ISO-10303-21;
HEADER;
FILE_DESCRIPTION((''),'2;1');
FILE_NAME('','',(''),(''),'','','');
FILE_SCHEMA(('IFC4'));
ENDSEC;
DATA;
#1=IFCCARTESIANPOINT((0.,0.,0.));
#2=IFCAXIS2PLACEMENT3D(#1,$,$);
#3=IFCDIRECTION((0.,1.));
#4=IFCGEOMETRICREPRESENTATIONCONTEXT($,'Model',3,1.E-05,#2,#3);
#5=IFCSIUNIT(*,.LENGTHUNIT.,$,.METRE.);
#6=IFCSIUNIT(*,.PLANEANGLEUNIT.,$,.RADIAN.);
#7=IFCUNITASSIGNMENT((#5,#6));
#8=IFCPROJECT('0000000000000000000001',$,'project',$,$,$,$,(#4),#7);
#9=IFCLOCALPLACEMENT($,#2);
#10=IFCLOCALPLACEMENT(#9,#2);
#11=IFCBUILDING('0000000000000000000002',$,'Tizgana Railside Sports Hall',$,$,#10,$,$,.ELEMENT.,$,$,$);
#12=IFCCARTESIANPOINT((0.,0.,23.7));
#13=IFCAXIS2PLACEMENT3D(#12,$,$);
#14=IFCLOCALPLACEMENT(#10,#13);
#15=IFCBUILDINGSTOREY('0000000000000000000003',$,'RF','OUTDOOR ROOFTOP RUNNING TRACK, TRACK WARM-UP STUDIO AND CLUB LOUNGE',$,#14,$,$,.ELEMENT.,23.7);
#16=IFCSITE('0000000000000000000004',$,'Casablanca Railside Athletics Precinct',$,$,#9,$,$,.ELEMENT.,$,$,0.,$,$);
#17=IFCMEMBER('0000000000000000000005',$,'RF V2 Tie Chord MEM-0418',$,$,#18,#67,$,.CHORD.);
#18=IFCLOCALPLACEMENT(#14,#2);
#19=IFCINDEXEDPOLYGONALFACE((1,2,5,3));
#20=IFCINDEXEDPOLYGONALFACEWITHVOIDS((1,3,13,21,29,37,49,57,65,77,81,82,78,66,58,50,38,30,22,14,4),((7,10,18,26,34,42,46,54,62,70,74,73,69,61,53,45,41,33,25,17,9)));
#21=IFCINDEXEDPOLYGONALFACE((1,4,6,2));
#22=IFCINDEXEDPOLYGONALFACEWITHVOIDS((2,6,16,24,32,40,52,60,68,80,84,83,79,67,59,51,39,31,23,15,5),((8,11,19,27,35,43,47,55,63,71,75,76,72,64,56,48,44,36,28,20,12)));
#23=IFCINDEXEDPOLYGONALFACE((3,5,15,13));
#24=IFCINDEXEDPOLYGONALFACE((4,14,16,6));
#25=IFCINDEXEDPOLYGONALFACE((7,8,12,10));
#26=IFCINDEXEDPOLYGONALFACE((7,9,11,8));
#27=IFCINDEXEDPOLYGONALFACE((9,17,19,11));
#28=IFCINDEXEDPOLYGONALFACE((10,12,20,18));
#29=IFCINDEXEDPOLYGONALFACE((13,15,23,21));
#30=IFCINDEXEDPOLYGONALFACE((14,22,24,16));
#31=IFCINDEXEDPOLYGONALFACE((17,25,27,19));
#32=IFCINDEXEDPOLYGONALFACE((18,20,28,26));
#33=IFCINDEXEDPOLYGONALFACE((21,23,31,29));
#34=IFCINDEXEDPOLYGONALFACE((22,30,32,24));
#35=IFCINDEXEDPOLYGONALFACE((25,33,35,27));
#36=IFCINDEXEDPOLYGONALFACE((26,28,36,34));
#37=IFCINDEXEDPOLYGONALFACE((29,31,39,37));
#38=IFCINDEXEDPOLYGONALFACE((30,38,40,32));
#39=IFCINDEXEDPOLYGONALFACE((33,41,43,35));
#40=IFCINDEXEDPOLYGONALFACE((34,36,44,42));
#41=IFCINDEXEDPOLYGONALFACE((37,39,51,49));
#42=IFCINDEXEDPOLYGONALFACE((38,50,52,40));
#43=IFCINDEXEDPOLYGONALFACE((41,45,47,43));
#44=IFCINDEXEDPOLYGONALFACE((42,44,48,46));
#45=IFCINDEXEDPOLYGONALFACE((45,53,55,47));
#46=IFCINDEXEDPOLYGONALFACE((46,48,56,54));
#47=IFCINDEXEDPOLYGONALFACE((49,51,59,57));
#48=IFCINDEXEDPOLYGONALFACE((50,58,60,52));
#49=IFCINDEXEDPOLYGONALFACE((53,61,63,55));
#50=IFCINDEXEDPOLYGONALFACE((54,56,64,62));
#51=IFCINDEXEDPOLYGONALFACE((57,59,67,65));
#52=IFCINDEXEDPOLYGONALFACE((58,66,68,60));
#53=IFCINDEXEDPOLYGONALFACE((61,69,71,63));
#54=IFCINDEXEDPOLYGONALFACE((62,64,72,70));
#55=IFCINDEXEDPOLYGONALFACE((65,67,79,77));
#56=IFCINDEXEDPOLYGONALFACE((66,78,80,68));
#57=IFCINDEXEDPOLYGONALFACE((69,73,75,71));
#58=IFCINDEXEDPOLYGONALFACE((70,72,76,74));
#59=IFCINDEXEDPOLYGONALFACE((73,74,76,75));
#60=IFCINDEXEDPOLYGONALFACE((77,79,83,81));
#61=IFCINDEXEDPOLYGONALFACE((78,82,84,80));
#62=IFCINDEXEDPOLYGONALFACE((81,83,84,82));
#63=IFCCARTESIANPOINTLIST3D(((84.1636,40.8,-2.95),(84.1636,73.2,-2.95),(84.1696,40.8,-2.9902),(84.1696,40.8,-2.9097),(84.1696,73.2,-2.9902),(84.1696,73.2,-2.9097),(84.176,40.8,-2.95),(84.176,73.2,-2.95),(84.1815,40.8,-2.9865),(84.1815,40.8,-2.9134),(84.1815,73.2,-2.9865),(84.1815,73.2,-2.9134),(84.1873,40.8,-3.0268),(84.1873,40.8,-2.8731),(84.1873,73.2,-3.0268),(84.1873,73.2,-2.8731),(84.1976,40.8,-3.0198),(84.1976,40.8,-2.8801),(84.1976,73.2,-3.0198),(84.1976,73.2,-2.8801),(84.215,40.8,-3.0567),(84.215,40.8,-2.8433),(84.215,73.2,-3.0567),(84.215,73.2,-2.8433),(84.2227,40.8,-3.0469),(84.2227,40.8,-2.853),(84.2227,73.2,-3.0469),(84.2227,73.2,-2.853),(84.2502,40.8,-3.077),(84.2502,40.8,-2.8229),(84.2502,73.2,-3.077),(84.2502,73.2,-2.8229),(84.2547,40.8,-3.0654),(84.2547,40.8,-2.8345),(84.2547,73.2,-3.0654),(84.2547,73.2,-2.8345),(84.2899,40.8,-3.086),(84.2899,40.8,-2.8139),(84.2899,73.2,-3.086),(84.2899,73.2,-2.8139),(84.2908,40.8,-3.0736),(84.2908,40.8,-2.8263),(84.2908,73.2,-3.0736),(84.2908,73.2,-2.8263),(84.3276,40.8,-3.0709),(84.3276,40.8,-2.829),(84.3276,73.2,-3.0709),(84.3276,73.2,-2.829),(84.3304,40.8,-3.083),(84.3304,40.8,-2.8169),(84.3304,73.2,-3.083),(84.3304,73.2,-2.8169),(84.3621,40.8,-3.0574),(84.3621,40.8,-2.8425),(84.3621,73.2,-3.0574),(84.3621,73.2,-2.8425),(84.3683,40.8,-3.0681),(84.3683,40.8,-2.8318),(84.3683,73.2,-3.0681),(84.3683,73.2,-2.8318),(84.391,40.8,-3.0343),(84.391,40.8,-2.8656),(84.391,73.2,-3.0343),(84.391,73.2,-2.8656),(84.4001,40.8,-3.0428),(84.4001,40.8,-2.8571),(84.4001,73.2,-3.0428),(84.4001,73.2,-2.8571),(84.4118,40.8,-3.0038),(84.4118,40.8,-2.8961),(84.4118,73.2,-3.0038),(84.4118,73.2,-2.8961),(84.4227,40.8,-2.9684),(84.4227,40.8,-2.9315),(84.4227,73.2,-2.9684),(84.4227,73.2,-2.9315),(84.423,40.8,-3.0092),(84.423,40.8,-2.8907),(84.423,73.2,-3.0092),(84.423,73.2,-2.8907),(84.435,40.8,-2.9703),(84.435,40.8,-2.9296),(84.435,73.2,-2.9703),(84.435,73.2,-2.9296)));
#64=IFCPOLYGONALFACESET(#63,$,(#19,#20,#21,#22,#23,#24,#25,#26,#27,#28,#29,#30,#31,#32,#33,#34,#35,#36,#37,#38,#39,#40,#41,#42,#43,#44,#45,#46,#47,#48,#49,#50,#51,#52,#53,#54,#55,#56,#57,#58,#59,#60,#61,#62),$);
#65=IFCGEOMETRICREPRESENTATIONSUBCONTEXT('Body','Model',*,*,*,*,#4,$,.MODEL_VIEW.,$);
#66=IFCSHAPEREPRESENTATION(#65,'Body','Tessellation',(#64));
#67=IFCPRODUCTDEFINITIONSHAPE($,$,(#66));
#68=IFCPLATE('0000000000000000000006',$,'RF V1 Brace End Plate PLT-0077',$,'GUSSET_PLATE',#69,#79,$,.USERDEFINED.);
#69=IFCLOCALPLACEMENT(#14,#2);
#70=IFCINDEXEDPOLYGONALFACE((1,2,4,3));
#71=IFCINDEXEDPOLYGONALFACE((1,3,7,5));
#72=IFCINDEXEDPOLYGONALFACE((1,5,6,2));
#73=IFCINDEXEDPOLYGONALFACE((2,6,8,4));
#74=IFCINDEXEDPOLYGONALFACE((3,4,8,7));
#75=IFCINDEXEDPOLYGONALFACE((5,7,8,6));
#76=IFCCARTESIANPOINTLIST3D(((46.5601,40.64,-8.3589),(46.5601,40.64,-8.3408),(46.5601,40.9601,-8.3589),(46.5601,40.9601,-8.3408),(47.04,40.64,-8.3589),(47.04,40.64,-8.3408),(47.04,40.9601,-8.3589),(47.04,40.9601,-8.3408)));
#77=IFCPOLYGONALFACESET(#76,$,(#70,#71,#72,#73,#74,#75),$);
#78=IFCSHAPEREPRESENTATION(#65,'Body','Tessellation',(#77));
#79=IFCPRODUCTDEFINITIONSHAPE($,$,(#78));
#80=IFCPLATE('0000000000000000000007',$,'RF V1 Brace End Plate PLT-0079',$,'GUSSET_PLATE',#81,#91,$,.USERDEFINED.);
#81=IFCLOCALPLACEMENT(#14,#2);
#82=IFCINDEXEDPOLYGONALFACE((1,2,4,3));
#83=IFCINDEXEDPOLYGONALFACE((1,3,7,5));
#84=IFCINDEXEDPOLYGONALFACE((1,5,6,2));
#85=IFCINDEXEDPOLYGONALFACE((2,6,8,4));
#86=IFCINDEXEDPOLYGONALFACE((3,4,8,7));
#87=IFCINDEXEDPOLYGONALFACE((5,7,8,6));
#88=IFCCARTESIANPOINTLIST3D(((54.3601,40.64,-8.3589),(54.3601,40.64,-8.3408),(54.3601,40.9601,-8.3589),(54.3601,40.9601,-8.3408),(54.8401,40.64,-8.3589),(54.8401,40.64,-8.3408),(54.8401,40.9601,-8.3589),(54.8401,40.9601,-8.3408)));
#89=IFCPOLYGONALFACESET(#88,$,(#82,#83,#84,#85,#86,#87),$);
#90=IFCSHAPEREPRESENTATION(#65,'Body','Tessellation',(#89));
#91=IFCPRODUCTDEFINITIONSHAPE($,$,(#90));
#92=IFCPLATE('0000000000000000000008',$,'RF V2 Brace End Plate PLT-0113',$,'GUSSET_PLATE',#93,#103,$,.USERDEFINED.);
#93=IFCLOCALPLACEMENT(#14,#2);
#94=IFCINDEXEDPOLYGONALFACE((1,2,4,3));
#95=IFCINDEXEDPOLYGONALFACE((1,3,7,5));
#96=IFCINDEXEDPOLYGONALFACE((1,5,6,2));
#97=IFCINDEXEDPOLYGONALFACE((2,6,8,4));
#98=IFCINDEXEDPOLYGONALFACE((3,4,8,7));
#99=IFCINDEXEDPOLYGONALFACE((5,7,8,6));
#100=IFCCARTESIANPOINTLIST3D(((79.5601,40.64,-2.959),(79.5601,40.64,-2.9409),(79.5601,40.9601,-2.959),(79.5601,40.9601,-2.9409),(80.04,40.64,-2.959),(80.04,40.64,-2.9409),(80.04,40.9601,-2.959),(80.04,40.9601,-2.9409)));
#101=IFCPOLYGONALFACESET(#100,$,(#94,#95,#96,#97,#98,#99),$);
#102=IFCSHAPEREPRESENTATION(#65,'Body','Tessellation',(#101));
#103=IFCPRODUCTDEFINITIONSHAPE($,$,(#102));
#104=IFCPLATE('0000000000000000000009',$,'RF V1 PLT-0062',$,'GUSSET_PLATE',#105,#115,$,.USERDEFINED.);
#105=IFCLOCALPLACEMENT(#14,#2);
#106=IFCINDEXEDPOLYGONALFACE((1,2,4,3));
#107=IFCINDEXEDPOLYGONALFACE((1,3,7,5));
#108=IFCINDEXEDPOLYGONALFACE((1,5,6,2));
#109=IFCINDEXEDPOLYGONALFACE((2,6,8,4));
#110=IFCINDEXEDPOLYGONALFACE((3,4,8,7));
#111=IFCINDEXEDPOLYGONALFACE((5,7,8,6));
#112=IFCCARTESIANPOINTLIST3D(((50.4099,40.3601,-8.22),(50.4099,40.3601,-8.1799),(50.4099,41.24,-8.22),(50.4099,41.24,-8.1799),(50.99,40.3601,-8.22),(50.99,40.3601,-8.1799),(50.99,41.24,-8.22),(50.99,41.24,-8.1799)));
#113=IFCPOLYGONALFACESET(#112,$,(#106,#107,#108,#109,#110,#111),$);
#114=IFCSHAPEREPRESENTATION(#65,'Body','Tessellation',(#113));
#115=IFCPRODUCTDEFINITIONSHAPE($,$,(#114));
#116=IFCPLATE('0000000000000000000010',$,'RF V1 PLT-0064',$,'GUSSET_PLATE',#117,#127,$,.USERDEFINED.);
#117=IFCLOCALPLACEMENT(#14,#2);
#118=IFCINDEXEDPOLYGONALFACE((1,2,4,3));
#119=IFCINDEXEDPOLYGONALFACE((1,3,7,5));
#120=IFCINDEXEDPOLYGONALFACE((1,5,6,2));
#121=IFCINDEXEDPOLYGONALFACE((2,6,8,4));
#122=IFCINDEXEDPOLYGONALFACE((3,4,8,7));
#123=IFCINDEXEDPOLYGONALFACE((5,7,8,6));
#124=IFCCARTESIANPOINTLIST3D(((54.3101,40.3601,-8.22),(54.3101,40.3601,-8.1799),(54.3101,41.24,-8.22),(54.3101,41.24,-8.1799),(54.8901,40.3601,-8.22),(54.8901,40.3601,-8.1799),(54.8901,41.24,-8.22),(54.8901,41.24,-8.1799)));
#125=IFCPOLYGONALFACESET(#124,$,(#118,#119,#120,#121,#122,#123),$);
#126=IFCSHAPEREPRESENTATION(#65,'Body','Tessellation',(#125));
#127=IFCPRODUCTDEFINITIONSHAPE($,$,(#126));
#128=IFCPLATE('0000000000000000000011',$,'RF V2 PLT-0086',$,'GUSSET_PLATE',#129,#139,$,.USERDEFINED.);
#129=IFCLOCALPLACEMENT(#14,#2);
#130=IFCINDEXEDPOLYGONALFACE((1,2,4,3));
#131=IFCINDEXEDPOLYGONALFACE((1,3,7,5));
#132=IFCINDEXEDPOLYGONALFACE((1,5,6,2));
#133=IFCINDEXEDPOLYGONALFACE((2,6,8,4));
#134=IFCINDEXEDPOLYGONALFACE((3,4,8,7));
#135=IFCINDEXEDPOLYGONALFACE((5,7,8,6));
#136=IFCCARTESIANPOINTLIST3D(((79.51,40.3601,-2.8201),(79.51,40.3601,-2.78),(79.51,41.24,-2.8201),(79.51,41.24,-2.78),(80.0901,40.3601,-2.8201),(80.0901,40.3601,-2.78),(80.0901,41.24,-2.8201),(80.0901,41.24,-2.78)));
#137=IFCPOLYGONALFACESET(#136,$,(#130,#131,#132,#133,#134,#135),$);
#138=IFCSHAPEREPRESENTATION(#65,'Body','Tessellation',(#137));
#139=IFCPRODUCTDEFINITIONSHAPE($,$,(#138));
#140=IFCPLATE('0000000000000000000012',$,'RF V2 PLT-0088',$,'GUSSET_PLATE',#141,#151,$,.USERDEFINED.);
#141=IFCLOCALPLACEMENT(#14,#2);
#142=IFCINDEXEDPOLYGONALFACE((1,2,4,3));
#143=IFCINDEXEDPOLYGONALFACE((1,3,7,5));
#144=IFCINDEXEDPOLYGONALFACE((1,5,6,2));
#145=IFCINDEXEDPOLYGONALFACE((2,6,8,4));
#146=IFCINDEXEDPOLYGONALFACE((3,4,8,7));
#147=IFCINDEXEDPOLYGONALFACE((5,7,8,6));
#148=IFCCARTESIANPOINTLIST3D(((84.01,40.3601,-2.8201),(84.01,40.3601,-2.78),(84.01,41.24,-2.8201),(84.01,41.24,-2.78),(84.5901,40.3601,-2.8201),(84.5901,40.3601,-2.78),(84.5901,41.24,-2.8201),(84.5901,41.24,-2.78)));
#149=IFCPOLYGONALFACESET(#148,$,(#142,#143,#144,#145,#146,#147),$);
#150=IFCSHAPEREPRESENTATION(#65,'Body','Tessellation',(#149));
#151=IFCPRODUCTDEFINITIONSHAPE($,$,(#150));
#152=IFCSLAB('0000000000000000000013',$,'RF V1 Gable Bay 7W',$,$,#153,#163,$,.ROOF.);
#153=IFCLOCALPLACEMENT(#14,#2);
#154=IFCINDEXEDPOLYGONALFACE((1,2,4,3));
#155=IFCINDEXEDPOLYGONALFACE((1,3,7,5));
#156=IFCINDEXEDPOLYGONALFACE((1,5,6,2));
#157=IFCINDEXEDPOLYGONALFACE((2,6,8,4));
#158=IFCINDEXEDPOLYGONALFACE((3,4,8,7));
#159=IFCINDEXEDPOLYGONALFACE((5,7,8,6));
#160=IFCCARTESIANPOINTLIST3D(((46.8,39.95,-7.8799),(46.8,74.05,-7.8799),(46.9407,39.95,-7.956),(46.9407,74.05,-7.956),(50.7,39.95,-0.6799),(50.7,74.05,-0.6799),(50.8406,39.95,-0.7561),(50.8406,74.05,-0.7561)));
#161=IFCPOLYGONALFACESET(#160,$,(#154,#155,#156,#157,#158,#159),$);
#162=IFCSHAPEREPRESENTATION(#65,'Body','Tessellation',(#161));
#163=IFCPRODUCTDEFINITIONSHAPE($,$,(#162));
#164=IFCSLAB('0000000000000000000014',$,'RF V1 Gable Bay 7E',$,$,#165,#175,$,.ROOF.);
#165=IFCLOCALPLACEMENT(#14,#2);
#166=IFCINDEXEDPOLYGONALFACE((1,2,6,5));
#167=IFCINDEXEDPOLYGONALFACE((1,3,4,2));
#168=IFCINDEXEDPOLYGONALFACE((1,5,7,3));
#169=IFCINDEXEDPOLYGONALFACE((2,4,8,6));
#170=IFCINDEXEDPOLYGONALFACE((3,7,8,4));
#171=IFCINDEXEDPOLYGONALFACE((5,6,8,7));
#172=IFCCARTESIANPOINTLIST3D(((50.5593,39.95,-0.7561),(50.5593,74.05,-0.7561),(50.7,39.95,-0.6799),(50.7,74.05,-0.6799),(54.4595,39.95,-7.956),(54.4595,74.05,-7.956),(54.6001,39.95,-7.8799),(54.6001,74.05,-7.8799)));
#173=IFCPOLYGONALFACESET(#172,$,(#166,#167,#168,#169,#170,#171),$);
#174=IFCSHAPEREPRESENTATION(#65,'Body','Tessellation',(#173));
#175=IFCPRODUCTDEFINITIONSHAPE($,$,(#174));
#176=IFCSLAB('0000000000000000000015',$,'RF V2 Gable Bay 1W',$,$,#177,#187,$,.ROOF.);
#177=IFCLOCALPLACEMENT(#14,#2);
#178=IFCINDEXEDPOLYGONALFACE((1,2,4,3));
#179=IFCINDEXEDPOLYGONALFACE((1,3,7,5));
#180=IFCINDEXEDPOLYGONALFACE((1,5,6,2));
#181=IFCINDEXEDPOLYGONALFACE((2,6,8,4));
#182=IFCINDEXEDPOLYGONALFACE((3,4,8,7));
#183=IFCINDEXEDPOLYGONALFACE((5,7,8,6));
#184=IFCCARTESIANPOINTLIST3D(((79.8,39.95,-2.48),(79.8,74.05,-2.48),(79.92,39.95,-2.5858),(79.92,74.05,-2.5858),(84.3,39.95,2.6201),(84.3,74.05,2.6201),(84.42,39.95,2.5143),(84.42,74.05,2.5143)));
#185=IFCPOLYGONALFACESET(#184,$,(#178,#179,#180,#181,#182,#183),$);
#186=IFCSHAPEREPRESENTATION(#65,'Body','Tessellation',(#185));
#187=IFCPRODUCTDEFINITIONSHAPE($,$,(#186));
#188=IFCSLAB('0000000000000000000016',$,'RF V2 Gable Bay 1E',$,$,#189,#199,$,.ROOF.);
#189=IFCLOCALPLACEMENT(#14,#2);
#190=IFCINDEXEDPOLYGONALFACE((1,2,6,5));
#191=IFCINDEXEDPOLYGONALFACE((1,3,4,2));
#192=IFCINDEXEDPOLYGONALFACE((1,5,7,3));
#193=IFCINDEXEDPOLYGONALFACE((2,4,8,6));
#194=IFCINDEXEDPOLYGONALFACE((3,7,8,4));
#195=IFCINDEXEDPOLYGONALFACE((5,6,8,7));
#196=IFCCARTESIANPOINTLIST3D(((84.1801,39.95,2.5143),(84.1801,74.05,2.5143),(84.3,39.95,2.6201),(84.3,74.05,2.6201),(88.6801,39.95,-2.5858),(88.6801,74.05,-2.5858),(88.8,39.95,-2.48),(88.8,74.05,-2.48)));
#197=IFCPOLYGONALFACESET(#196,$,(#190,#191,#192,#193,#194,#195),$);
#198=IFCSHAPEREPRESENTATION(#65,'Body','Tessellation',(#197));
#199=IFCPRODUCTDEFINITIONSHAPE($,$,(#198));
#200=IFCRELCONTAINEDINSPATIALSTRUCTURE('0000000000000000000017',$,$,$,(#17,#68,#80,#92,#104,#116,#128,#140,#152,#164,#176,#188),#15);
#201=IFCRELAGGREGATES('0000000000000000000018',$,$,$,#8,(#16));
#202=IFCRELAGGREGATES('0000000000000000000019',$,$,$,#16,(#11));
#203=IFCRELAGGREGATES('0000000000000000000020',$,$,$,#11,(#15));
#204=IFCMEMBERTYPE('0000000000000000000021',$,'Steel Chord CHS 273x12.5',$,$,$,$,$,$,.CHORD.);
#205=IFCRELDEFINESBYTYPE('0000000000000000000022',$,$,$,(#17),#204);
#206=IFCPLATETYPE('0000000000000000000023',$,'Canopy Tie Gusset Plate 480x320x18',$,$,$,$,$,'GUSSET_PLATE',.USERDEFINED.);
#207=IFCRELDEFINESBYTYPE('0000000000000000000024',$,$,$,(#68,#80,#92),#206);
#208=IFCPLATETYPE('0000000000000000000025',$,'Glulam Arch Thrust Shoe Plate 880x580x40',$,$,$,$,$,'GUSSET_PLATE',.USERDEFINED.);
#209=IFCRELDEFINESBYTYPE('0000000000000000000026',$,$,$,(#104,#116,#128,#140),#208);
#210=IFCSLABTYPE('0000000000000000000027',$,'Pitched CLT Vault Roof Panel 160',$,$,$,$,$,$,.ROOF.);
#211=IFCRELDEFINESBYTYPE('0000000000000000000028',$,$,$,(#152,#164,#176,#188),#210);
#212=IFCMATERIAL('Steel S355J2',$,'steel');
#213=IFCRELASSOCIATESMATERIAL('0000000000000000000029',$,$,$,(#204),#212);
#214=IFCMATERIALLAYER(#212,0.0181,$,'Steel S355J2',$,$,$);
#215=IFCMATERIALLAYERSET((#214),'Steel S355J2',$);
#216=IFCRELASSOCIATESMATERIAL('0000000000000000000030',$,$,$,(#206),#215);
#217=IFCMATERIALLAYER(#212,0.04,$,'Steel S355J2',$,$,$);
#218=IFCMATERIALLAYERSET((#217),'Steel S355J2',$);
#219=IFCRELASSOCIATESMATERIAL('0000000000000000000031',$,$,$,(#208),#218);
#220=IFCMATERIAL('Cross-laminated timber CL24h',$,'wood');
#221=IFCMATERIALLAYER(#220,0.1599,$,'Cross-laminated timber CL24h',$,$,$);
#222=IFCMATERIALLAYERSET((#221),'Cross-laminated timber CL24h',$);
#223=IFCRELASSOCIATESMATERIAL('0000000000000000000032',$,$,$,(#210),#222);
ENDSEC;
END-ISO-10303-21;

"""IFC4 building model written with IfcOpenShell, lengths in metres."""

from ifc_helpers import new_model, si_unit, direction, frame, origin, origin_2d, place, context, subcontext, project, spatial, polyline, rectangle, hollow_circle, outline, extrude, material, layer, layer_set, material_profile, profile_set, type_object, element, save


model = new_model("IFC4")

# Units and contexts
model_context = context("Model", 3, precision=1e-05, world=origin(), true_north=direction((0.0, 1.0)))
body_context = subcontext(model_context, "Body", "Model", "MODEL_VIEW")
ifc_project = project(units=[si_unit("LENGTHUNIT", "METRE"), si_unit("PLANEANGLEUNIT", "RADIAN")], contexts=[model_context])

# Site, building, storey
site_placement = place(None, origin())
site = spatial("IfcSite", under=ifc_project, at=site_placement, Name="Casablanca Railside Athletics Precinct", CompositionType="ELEMENT", RefElevation=0.0)
building_placement = place(site_placement, origin())
building = spatial("IfcBuilding", under=site, at=building_placement, Name="Tizgana Railside Sports Hall", CompositionType="ELEMENT")
storey_placement = place(building_placement, frame((0.0, 0.0, 23.7)))
storey = spatial("IfcBuildingStorey", under=building, at=storey_placement, Name="RF", Description="OUTDOOR ROOFTOP RUNNING TRACK, TRACK WARM-UP STUDIO AND CLUB LOUNGE", CompositionType="ELEMENT", Elevation=23.7)

# Member
ifc_material_1 = material(Name="Steel S355J2", Category="steel")
ifc_material_profile_1 = material_profile(ifc_material_1, hollow_circle(Radius=0.1365, WallThickness=0.0125, at=origin_2d()), Name="CHS 273x12.5")
ifc_profile_set_1 = profile_set([ifc_material_profile_1], Name="Steel S355J2")
member_type_1 = type_object("IfcMemberType", Name="Steel Chord CHS 273x12.5", PredefinedType="CHORD", material=ifc_profile_set_1)
for number, where, z_axis, x_axis, name in (
    (1, (84.3, 40.8, -2.95), (0.0, 1.0, 0.0), (-1.0, 0.0, 0.0), "RF V2 Tie Chord MEM-0418"),
):
    element("IfcMember", number, at=place(storey_placement, frame(where, z_axis=z_axis, x_axis=x_axis)), inside=storey, type_object=member_type_1, Name=name, PredefinedType="CHORD", context=body_context, shape_type="SweptSolid", body=[
        extrude(hollow_circle(Radius=0.1365, WallThickness=0.0125, at=origin_2d()), origin(), (0.0, 0.0, 1.0), 32.3999),
    ])

# Plates
ifc_layer_1 = layer(ifc_material_1, 0.0181, Name="Steel S355J2")
ifc_layer_set_1 = layer_set([ifc_layer_1], Name="Steel S355J2")
plate_type_1 = type_object("IfcPlateType", Name="Canopy Tie Gusset Plate 480x320x18", ElementType="GUSSET_PLATE", PredefinedType="USERDEFINED", material=ifc_layer_set_1)
for number, where, z_axis, x_axis, name in (
    (2, (46.8, 40.8, -8.3589), (0.0, 0.0, 1.0), (1.0, 0.0, 0.0), "RF V1 Brace End Plate PLT-0077"),
    (3, (54.6001, 40.8, -8.3589), (0.0, 0.0, 1.0), (1.0, 0.0, 0.0), "RF V1 Brace End Plate PLT-0079"),
    (4, (79.8, 40.8, -2.959), (0.0, 0.0, 1.0), (1.0, 0.0, 0.0), "RF V2 Brace End Plate PLT-0113"),
):
    element("IfcPlate", number, at=place(storey_placement, frame(where, z_axis=z_axis, x_axis=x_axis)), inside=storey, type_object=plate_type_1, Name=name, ObjectType="GUSSET_PLATE", PredefinedType="USERDEFINED", context=body_context, shape_type="SweptSolid", body=[
        extrude(rectangle(XDim=0.48, YDim=0.3201, at=origin_2d()), origin(), (0.0, 0.0, 1.0), 0.0181),
    ])
ifc_layer_2 = layer(ifc_material_1, 0.04, Name="Steel S355J2")
ifc_layer_set_2 = layer_set([ifc_layer_2], Name="Steel S355J2")
plate_type_2 = type_object("IfcPlateType", Name="Glulam Arch Thrust Shoe Plate 880x580x40", ElementType="GUSSET_PLATE", PredefinedType="USERDEFINED", material=ifc_layer_set_2)
for number, where, z_axis, x_axis, name in (
    (5, (50.7, 40.8, -8.22), (0.0, 0.0, 1.0), (1.0, 0.0, 0.0), "RF V1 PLT-0062"),
    (6, (54.6001, 40.8, -8.22), (0.0, 0.0, 1.0), (1.0, 0.0, 0.0), "RF V1 PLT-0064"),
    (7, (79.8, 40.8, -2.8201), (0.0, 0.0, 1.0), (1.0, 0.0, 0.0), "RF V2 PLT-0086"),
    (8, (84.3, 40.8, -2.8201), (0.0, 0.0, 1.0), (1.0, 0.0, 0.0), "RF V2 PLT-0088"),
):
    element("IfcPlate", number, at=place(storey_placement, frame(where, z_axis=z_axis, x_axis=x_axis)), inside=storey, type_object=plate_type_2, Name=name, ObjectType="GUSSET_PLATE", PredefinedType="USERDEFINED", context=body_context, shape_type="SweptSolid", body=[
        extrude(rectangle(XDim=0.5801, YDim=0.8799, at=origin_2d()), origin(), (0.0, 0.0, 1.0), 0.04),
    ])

# Slabs
ifc_material_2 = material(Name="Cross-laminated timber CL24h", Category="wood")
ifc_layer_3 = layer(ifc_material_2, 0.1599, Name="Cross-laminated timber CL24h")
ifc_layer_set_3 = layer_set([ifc_layer_3], Name="Cross-laminated timber CL24h")
slab_type = type_object("IfcSlabType", Name="Pitched CLT Vault Roof Panel 160", PredefinedType="ROOF", material=ifc_layer_set_3)
slab_1_placement = place(storey_placement, frame((46.8, 39.95, -7.8799), z_axis=(-0.879296, 0.0, 0.476276), x_axis=(0.476276, 0.0, 0.879296)))
element("IfcSlab", 9, at=slab_1_placement, inside=storey, type_object=slab_type, Name="RF V1 Gable Bay 7W", PredefinedType="ROOF", context=body_context, shape_type="SweptSolid", body=[
    extrude(outline(polyline([(0.0, 0.0), (8.1883, 0.0), (8.1883, 34.1001), (0.0, 34.1001), (0.0, 0.0)])), origin(), (0.0, 0.0, -1.0), 0.1599),
])
slab_2_placement = place(storey_placement, frame((50.7, 39.95, -0.6799), z_axis=(0.879283, 0.0, 0.476299), x_axis=(0.476299, 0.0, -0.879283)))
element("IfcSlab", 10, at=slab_2_placement, inside=storey, type_object=slab_type, Name="RF V1 Gable Bay 7E", PredefinedType="ROOF", context=body_context, shape_type="SweptSolid", body=[
    extrude(outline(polyline([(0.0, 0.0), (8.1884, 0.0), (8.1884, 34.1001), (0.0, 34.1001), (0.0, 0.0)])), origin(), (0.0, 0.0, -1.0), 0.1599),
])
for number, where, z_axis, x_axis, name in (
    (11, (79.8, 39.95, -2.48), (-0.749844, 0.0, 0.661615), (0.661615, 0.0, 0.749844), "RF V2 Gable Bay 1W"),
    (12, (84.3, 39.95, 2.6201), (0.749844, 0.0, 0.661615), (0.661615, 0.0, -0.749844), "RF V2 Gable Bay 1E"),
):
    element("IfcSlab", number, at=place(storey_placement, frame(where, z_axis=z_axis, x_axis=x_axis)), inside=storey, type_object=slab_type, Name=name, PredefinedType="ROOF", context=body_context, shape_type="SweptSolid", body=[
        extrude(outline(polyline([(0.0, 0.0), (6.8015, 0.0), (6.8015, 34.1001), (0.0, 34.1001), (0.0, 0.0)])), origin(), (0.0, 0.0, -1.0), 0.1599),
    ])

save(model, "model.ifc")
